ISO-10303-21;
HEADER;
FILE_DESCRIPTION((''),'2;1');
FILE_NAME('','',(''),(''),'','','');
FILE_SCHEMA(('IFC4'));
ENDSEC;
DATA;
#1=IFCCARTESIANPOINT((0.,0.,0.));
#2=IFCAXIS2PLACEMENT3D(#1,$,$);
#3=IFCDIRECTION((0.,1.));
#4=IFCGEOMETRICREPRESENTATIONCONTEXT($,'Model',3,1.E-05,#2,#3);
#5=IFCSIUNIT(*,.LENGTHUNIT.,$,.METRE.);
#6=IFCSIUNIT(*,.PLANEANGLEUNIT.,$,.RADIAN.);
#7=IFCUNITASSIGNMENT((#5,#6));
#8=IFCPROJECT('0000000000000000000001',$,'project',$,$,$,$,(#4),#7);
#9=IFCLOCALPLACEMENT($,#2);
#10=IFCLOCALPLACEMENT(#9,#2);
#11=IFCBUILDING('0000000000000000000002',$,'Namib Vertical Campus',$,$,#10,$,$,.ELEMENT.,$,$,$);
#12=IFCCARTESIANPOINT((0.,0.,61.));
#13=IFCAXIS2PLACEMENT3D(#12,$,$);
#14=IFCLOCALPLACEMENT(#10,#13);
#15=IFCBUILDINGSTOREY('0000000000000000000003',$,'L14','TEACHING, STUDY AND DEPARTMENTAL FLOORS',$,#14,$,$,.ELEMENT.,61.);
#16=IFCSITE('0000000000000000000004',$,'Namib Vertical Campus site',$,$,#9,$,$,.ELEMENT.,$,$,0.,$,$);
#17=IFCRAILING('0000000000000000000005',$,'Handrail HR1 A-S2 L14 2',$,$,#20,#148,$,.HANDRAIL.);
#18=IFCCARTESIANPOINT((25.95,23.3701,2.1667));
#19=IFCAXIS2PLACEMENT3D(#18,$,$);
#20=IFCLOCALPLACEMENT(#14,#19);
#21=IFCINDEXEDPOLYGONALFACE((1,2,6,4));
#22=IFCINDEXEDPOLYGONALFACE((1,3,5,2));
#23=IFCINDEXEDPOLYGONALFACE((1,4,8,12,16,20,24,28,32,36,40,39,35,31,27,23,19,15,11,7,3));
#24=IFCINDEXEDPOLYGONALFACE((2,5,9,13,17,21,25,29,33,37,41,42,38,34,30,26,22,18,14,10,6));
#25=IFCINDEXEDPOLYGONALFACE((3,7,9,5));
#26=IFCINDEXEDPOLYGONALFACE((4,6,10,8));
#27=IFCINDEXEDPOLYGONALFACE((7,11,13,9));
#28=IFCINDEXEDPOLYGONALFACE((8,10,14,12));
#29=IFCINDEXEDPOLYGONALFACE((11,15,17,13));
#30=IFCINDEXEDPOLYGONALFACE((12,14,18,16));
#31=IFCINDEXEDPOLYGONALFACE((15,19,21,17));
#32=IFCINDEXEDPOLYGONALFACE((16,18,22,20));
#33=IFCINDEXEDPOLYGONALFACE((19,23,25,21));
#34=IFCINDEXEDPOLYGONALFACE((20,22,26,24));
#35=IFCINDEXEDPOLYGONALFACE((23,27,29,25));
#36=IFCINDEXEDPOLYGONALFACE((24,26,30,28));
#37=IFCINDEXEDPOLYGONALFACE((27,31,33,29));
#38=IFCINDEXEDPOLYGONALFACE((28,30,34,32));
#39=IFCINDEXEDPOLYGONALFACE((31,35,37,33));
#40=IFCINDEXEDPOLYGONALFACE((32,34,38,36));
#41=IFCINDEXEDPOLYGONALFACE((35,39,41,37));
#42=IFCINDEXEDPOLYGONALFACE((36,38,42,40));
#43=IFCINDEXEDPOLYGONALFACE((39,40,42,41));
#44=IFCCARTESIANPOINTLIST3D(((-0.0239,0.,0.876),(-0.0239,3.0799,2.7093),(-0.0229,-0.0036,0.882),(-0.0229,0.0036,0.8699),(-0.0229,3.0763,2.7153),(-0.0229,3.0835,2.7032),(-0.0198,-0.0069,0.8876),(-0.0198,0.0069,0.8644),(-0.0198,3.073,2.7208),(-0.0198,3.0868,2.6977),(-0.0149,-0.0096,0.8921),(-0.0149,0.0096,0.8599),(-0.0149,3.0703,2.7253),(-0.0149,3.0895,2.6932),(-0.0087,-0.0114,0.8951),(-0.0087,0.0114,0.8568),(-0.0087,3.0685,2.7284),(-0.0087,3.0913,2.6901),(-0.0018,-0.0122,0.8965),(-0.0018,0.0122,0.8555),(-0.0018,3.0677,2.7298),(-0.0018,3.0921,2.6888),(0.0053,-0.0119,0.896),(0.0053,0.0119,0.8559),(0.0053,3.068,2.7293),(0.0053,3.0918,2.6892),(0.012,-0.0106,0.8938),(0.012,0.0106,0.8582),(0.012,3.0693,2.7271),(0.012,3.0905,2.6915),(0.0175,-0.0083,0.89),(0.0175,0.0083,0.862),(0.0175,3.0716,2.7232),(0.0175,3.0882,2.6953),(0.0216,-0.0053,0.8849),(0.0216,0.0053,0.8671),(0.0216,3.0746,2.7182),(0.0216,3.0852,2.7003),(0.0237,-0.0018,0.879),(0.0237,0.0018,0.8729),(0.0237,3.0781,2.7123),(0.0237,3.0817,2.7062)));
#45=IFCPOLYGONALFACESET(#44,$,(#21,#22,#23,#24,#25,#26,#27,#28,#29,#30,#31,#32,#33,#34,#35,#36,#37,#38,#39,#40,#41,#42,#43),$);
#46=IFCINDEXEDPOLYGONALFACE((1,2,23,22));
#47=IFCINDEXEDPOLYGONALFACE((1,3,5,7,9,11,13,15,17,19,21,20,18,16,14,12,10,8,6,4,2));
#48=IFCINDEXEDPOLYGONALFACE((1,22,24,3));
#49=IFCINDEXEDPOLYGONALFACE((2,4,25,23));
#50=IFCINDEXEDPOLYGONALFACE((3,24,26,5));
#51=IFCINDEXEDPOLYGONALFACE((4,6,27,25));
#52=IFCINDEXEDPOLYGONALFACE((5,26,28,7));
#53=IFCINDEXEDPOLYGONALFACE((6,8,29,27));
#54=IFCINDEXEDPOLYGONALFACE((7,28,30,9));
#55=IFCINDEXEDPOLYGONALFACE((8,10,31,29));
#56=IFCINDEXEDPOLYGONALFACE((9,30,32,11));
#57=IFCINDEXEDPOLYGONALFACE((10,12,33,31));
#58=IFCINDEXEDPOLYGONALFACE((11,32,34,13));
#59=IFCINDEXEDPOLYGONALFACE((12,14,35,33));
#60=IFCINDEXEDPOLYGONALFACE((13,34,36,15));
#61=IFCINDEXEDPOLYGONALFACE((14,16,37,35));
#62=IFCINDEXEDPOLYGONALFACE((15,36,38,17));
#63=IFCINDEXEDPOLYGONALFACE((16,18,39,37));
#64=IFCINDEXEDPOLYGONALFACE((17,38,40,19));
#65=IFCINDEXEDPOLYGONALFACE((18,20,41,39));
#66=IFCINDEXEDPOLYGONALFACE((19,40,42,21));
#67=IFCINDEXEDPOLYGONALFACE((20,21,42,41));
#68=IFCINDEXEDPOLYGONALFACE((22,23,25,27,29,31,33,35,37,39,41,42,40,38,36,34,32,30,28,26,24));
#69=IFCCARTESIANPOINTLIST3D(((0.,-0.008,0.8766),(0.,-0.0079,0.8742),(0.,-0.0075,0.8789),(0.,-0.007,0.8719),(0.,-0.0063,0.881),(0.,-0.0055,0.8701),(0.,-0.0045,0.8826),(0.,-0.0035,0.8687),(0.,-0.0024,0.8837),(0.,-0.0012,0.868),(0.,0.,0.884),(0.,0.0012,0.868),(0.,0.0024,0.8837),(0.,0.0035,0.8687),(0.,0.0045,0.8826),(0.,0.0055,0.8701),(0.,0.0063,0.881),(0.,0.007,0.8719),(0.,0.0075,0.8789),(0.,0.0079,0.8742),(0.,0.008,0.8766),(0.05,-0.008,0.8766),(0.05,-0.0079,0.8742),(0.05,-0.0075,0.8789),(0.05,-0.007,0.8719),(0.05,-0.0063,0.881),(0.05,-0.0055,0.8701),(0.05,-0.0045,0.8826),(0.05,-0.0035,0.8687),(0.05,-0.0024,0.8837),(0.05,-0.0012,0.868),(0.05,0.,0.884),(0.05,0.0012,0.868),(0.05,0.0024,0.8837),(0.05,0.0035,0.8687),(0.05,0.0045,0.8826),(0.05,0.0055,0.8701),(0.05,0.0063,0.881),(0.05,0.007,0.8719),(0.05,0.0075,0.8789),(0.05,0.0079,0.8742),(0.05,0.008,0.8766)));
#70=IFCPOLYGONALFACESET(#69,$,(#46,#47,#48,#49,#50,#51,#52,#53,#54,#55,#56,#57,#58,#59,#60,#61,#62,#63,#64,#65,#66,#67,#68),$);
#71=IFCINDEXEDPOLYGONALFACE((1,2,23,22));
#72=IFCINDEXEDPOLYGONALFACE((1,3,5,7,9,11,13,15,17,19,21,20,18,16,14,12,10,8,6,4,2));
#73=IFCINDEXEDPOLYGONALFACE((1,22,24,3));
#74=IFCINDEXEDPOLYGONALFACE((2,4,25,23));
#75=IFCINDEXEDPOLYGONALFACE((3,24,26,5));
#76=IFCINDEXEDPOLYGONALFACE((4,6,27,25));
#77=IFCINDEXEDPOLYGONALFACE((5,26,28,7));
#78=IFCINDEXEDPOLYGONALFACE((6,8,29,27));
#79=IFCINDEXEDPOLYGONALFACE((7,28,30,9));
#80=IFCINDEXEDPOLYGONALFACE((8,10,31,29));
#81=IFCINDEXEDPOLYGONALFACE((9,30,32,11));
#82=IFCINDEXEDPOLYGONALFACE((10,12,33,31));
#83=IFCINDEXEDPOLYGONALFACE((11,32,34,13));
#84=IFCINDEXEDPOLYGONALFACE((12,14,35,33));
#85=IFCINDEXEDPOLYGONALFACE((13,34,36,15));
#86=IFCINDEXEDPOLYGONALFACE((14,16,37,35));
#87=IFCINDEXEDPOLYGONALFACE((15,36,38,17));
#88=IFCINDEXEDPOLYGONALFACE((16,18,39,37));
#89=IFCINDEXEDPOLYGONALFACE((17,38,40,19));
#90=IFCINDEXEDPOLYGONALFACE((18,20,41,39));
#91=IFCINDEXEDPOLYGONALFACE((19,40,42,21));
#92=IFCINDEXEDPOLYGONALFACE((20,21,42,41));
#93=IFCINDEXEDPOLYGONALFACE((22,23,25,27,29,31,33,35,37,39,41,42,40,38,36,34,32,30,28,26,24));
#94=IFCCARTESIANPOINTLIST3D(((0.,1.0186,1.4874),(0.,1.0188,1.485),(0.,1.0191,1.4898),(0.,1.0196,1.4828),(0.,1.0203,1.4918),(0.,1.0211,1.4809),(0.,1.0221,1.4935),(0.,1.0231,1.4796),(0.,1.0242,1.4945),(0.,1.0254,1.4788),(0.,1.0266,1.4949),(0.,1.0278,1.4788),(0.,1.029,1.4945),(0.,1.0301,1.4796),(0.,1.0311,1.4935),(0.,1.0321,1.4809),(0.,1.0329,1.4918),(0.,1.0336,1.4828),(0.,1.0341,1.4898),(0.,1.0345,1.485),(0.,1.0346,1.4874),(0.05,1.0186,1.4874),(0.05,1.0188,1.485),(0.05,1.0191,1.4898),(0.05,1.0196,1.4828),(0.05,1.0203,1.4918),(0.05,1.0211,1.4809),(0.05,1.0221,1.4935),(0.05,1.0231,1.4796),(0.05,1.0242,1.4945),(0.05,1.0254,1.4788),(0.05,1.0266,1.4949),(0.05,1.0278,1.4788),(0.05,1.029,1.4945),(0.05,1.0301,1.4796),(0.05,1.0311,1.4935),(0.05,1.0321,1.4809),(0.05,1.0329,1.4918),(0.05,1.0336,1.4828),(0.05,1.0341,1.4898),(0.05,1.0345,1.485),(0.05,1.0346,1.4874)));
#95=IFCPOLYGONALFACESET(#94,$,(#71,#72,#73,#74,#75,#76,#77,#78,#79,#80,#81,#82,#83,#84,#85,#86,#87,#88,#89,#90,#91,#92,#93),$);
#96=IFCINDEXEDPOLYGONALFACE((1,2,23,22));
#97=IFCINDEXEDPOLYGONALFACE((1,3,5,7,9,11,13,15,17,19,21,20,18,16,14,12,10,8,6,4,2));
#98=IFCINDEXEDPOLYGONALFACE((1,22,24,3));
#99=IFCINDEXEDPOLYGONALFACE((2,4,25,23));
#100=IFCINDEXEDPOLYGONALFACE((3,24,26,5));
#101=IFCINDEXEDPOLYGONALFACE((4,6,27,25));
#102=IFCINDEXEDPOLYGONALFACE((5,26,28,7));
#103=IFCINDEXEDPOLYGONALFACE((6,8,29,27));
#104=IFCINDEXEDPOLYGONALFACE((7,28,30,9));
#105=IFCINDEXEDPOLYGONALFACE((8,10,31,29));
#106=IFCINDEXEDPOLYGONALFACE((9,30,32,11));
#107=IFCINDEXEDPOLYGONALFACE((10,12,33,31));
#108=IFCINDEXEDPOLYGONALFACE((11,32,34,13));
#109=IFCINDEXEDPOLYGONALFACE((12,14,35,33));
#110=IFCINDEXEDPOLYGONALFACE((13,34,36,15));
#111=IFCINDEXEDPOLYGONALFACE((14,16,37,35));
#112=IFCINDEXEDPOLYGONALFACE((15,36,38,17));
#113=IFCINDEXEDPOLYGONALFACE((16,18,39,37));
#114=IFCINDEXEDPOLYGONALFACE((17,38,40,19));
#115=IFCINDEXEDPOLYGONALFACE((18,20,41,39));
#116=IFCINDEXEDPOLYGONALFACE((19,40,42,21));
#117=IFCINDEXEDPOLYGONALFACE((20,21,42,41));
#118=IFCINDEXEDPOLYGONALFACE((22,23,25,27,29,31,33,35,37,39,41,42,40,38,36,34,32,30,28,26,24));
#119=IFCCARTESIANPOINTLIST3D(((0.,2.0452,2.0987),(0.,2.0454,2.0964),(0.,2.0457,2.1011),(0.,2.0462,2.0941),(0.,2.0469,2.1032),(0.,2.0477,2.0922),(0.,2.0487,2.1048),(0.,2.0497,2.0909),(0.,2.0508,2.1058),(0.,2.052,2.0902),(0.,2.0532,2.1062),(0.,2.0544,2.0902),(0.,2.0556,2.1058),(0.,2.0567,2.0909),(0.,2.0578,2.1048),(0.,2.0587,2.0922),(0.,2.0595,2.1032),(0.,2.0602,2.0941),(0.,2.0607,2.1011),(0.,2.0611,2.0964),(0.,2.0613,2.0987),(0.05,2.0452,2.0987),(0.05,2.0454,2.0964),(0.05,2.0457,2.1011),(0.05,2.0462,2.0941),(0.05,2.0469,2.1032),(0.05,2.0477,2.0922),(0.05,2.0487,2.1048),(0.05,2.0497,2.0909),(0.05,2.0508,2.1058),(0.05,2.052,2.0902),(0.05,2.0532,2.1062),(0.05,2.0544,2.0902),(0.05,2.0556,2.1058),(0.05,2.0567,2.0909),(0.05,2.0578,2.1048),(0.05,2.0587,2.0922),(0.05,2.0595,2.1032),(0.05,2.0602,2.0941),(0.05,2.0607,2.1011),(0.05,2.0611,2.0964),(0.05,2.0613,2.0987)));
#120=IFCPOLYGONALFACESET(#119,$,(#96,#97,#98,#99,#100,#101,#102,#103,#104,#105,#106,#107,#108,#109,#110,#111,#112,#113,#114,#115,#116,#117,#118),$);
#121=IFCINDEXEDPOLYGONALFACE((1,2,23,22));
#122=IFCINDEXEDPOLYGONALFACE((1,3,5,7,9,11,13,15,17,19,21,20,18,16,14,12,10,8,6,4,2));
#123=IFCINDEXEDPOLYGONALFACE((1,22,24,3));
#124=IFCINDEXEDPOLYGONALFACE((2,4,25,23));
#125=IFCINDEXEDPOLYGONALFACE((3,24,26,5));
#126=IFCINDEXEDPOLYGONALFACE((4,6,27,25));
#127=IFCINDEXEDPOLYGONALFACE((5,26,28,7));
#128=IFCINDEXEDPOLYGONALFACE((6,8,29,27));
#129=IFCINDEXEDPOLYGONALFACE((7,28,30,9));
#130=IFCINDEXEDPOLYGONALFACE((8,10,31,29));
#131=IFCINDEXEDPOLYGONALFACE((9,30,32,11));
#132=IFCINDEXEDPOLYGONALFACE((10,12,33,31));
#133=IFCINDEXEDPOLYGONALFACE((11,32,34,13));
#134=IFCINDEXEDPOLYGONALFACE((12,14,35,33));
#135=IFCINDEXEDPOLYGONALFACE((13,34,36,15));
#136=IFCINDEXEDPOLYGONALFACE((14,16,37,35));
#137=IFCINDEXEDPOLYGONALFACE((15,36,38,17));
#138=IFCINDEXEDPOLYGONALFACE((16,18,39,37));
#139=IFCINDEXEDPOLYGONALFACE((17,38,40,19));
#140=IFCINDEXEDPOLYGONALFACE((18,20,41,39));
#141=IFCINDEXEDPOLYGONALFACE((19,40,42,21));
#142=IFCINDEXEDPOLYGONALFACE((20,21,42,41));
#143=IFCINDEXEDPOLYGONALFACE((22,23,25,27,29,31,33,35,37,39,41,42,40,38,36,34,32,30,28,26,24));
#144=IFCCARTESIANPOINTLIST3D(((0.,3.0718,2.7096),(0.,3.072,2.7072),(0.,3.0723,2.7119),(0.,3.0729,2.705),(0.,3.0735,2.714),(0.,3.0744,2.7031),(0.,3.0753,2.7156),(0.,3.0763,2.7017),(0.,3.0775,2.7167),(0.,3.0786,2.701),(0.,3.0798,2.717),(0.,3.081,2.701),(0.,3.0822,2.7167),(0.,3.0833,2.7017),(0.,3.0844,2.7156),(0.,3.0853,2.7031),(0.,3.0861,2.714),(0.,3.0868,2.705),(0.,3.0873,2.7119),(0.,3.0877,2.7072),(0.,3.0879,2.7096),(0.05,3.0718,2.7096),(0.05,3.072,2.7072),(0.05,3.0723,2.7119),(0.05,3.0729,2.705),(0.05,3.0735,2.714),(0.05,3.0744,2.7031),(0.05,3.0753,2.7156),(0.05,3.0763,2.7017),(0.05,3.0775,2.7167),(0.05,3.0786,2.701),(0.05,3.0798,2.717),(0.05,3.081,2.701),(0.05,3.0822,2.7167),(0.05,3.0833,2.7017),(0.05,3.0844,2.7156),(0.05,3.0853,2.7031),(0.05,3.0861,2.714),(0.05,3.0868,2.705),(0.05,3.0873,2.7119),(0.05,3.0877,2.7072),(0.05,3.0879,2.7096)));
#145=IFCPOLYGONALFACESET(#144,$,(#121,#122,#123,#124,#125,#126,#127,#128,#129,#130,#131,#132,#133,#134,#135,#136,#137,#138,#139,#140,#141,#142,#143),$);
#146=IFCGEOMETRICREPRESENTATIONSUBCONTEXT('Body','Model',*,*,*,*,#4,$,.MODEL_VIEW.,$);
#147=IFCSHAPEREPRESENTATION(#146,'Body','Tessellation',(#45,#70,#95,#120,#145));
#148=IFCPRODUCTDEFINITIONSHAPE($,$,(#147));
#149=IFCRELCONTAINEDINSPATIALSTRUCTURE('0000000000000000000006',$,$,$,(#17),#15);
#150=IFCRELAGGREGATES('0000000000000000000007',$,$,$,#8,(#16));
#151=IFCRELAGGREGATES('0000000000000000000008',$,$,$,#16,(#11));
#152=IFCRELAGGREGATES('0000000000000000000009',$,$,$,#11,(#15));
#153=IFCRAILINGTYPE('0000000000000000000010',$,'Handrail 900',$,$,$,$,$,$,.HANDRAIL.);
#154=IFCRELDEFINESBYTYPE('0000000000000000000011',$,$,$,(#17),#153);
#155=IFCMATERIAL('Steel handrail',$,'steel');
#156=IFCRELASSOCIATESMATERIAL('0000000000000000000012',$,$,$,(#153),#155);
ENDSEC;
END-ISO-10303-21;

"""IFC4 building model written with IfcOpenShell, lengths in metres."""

from ifc_helpers import new_model, si_unit, direction, frame, origin, origin_2d, place, context, subcontext, project, spatial, circle, extrude, material, type_object, element, save


model = new_model("IFC4")

# Units and contexts
model_context = context("Model", 3, precision=1e-05, world=origin(), true_north=direction((0.0, 1.0)))
body_context = subcontext(model_context, "Body", "Model", "MODEL_VIEW")
ifc_project = project(units=[si_unit("LENGTHUNIT", "METRE"), si_unit("PLANEANGLEUNIT", "RADIAN")], contexts=[model_context])

# Site, building, storey
site_placement = place(None, origin())
site = spatial("IfcSite", under=ifc_project, at=site_placement, Name="Namib Vertical Campus site", CompositionType="ELEMENT", RefElevation=0.0)
building_placement = place(site_placement, origin())
building = spatial("IfcBuilding", under=site, at=building_placement, Name="Namib Vertical Campus", CompositionType="ELEMENT")
storey_placement = place(building_placement, frame((0.0, 0.0, 61.0)))
storey = spatial("IfcBuildingStorey", under=building, at=storey_placement, Name="L14", Description="TEACHING, STUDY AND DEPARTMENTAL FLOORS", CompositionType="ELEMENT", Elevation=61.0)

# Railing
ifc_material_1 = material(Name="Steel handrail", Category="steel")
railing_type_1 = type_object("IfcRailingType", Name="Handrail 900", PredefinedType="HANDRAIL", material=ifc_material_1)
railing_1_placement = place(storey_placement, frame((25.95, 23.3701, 2.1667)))
element("IfcRailing", 1, at=railing_1_placement, inside=storey, type_object=railing_type_1, Name="Handrail HR1 A-S2 L14 2", PredefinedType="HANDRAIL", context=body_context, shape_type="SweptSolid", body=[
    extrude(circle(Radius=0.0239, at=origin_2d()), frame((0.0, 0.0, 0.876), z_axis=(0.0, 0.859291, 0.511487), x_axis=(-1.0, 0.0, 0.0)), (0.0, 0.0, 1.0), 3.5842),
    extrude(circle(Radius=0.0081, at=origin_2d()), frame((0.0, 0.0, 0.876), z_axis=(1.0, 0.0, 0.0), x_axis=(0.0, 0.0, 1.0)), (0.0, 0.0, 1.0), 0.05),
    extrude(circle(Radius=0.0081, at=origin_2d()), frame((0.0, 1.0266, 1.4868), z_axis=(1.0, 0.0, 0.0), x_axis=(0.0, 0.0, 1.0)), (0.0, 0.0, 1.0), 0.05),
    extrude(circle(Radius=0.0081, at=origin_2d()), frame((0.0, 2.0532, 2.0981), z_axis=(1.0, 0.0, 0.0), x_axis=(0.0, 0.0, 1.0)), (0.0, 0.0, 1.0), 0.05),
    extrude(circle(Radius=0.0081, at=origin_2d()), frame((0.0, 3.0798, 2.709), z_axis=(1.0, 0.0, 0.0), x_axis=(0.0, 0.0, 1.0)), (0.0, 0.0, 1.0), 0.05),
])

save(model, "model.ifc")
